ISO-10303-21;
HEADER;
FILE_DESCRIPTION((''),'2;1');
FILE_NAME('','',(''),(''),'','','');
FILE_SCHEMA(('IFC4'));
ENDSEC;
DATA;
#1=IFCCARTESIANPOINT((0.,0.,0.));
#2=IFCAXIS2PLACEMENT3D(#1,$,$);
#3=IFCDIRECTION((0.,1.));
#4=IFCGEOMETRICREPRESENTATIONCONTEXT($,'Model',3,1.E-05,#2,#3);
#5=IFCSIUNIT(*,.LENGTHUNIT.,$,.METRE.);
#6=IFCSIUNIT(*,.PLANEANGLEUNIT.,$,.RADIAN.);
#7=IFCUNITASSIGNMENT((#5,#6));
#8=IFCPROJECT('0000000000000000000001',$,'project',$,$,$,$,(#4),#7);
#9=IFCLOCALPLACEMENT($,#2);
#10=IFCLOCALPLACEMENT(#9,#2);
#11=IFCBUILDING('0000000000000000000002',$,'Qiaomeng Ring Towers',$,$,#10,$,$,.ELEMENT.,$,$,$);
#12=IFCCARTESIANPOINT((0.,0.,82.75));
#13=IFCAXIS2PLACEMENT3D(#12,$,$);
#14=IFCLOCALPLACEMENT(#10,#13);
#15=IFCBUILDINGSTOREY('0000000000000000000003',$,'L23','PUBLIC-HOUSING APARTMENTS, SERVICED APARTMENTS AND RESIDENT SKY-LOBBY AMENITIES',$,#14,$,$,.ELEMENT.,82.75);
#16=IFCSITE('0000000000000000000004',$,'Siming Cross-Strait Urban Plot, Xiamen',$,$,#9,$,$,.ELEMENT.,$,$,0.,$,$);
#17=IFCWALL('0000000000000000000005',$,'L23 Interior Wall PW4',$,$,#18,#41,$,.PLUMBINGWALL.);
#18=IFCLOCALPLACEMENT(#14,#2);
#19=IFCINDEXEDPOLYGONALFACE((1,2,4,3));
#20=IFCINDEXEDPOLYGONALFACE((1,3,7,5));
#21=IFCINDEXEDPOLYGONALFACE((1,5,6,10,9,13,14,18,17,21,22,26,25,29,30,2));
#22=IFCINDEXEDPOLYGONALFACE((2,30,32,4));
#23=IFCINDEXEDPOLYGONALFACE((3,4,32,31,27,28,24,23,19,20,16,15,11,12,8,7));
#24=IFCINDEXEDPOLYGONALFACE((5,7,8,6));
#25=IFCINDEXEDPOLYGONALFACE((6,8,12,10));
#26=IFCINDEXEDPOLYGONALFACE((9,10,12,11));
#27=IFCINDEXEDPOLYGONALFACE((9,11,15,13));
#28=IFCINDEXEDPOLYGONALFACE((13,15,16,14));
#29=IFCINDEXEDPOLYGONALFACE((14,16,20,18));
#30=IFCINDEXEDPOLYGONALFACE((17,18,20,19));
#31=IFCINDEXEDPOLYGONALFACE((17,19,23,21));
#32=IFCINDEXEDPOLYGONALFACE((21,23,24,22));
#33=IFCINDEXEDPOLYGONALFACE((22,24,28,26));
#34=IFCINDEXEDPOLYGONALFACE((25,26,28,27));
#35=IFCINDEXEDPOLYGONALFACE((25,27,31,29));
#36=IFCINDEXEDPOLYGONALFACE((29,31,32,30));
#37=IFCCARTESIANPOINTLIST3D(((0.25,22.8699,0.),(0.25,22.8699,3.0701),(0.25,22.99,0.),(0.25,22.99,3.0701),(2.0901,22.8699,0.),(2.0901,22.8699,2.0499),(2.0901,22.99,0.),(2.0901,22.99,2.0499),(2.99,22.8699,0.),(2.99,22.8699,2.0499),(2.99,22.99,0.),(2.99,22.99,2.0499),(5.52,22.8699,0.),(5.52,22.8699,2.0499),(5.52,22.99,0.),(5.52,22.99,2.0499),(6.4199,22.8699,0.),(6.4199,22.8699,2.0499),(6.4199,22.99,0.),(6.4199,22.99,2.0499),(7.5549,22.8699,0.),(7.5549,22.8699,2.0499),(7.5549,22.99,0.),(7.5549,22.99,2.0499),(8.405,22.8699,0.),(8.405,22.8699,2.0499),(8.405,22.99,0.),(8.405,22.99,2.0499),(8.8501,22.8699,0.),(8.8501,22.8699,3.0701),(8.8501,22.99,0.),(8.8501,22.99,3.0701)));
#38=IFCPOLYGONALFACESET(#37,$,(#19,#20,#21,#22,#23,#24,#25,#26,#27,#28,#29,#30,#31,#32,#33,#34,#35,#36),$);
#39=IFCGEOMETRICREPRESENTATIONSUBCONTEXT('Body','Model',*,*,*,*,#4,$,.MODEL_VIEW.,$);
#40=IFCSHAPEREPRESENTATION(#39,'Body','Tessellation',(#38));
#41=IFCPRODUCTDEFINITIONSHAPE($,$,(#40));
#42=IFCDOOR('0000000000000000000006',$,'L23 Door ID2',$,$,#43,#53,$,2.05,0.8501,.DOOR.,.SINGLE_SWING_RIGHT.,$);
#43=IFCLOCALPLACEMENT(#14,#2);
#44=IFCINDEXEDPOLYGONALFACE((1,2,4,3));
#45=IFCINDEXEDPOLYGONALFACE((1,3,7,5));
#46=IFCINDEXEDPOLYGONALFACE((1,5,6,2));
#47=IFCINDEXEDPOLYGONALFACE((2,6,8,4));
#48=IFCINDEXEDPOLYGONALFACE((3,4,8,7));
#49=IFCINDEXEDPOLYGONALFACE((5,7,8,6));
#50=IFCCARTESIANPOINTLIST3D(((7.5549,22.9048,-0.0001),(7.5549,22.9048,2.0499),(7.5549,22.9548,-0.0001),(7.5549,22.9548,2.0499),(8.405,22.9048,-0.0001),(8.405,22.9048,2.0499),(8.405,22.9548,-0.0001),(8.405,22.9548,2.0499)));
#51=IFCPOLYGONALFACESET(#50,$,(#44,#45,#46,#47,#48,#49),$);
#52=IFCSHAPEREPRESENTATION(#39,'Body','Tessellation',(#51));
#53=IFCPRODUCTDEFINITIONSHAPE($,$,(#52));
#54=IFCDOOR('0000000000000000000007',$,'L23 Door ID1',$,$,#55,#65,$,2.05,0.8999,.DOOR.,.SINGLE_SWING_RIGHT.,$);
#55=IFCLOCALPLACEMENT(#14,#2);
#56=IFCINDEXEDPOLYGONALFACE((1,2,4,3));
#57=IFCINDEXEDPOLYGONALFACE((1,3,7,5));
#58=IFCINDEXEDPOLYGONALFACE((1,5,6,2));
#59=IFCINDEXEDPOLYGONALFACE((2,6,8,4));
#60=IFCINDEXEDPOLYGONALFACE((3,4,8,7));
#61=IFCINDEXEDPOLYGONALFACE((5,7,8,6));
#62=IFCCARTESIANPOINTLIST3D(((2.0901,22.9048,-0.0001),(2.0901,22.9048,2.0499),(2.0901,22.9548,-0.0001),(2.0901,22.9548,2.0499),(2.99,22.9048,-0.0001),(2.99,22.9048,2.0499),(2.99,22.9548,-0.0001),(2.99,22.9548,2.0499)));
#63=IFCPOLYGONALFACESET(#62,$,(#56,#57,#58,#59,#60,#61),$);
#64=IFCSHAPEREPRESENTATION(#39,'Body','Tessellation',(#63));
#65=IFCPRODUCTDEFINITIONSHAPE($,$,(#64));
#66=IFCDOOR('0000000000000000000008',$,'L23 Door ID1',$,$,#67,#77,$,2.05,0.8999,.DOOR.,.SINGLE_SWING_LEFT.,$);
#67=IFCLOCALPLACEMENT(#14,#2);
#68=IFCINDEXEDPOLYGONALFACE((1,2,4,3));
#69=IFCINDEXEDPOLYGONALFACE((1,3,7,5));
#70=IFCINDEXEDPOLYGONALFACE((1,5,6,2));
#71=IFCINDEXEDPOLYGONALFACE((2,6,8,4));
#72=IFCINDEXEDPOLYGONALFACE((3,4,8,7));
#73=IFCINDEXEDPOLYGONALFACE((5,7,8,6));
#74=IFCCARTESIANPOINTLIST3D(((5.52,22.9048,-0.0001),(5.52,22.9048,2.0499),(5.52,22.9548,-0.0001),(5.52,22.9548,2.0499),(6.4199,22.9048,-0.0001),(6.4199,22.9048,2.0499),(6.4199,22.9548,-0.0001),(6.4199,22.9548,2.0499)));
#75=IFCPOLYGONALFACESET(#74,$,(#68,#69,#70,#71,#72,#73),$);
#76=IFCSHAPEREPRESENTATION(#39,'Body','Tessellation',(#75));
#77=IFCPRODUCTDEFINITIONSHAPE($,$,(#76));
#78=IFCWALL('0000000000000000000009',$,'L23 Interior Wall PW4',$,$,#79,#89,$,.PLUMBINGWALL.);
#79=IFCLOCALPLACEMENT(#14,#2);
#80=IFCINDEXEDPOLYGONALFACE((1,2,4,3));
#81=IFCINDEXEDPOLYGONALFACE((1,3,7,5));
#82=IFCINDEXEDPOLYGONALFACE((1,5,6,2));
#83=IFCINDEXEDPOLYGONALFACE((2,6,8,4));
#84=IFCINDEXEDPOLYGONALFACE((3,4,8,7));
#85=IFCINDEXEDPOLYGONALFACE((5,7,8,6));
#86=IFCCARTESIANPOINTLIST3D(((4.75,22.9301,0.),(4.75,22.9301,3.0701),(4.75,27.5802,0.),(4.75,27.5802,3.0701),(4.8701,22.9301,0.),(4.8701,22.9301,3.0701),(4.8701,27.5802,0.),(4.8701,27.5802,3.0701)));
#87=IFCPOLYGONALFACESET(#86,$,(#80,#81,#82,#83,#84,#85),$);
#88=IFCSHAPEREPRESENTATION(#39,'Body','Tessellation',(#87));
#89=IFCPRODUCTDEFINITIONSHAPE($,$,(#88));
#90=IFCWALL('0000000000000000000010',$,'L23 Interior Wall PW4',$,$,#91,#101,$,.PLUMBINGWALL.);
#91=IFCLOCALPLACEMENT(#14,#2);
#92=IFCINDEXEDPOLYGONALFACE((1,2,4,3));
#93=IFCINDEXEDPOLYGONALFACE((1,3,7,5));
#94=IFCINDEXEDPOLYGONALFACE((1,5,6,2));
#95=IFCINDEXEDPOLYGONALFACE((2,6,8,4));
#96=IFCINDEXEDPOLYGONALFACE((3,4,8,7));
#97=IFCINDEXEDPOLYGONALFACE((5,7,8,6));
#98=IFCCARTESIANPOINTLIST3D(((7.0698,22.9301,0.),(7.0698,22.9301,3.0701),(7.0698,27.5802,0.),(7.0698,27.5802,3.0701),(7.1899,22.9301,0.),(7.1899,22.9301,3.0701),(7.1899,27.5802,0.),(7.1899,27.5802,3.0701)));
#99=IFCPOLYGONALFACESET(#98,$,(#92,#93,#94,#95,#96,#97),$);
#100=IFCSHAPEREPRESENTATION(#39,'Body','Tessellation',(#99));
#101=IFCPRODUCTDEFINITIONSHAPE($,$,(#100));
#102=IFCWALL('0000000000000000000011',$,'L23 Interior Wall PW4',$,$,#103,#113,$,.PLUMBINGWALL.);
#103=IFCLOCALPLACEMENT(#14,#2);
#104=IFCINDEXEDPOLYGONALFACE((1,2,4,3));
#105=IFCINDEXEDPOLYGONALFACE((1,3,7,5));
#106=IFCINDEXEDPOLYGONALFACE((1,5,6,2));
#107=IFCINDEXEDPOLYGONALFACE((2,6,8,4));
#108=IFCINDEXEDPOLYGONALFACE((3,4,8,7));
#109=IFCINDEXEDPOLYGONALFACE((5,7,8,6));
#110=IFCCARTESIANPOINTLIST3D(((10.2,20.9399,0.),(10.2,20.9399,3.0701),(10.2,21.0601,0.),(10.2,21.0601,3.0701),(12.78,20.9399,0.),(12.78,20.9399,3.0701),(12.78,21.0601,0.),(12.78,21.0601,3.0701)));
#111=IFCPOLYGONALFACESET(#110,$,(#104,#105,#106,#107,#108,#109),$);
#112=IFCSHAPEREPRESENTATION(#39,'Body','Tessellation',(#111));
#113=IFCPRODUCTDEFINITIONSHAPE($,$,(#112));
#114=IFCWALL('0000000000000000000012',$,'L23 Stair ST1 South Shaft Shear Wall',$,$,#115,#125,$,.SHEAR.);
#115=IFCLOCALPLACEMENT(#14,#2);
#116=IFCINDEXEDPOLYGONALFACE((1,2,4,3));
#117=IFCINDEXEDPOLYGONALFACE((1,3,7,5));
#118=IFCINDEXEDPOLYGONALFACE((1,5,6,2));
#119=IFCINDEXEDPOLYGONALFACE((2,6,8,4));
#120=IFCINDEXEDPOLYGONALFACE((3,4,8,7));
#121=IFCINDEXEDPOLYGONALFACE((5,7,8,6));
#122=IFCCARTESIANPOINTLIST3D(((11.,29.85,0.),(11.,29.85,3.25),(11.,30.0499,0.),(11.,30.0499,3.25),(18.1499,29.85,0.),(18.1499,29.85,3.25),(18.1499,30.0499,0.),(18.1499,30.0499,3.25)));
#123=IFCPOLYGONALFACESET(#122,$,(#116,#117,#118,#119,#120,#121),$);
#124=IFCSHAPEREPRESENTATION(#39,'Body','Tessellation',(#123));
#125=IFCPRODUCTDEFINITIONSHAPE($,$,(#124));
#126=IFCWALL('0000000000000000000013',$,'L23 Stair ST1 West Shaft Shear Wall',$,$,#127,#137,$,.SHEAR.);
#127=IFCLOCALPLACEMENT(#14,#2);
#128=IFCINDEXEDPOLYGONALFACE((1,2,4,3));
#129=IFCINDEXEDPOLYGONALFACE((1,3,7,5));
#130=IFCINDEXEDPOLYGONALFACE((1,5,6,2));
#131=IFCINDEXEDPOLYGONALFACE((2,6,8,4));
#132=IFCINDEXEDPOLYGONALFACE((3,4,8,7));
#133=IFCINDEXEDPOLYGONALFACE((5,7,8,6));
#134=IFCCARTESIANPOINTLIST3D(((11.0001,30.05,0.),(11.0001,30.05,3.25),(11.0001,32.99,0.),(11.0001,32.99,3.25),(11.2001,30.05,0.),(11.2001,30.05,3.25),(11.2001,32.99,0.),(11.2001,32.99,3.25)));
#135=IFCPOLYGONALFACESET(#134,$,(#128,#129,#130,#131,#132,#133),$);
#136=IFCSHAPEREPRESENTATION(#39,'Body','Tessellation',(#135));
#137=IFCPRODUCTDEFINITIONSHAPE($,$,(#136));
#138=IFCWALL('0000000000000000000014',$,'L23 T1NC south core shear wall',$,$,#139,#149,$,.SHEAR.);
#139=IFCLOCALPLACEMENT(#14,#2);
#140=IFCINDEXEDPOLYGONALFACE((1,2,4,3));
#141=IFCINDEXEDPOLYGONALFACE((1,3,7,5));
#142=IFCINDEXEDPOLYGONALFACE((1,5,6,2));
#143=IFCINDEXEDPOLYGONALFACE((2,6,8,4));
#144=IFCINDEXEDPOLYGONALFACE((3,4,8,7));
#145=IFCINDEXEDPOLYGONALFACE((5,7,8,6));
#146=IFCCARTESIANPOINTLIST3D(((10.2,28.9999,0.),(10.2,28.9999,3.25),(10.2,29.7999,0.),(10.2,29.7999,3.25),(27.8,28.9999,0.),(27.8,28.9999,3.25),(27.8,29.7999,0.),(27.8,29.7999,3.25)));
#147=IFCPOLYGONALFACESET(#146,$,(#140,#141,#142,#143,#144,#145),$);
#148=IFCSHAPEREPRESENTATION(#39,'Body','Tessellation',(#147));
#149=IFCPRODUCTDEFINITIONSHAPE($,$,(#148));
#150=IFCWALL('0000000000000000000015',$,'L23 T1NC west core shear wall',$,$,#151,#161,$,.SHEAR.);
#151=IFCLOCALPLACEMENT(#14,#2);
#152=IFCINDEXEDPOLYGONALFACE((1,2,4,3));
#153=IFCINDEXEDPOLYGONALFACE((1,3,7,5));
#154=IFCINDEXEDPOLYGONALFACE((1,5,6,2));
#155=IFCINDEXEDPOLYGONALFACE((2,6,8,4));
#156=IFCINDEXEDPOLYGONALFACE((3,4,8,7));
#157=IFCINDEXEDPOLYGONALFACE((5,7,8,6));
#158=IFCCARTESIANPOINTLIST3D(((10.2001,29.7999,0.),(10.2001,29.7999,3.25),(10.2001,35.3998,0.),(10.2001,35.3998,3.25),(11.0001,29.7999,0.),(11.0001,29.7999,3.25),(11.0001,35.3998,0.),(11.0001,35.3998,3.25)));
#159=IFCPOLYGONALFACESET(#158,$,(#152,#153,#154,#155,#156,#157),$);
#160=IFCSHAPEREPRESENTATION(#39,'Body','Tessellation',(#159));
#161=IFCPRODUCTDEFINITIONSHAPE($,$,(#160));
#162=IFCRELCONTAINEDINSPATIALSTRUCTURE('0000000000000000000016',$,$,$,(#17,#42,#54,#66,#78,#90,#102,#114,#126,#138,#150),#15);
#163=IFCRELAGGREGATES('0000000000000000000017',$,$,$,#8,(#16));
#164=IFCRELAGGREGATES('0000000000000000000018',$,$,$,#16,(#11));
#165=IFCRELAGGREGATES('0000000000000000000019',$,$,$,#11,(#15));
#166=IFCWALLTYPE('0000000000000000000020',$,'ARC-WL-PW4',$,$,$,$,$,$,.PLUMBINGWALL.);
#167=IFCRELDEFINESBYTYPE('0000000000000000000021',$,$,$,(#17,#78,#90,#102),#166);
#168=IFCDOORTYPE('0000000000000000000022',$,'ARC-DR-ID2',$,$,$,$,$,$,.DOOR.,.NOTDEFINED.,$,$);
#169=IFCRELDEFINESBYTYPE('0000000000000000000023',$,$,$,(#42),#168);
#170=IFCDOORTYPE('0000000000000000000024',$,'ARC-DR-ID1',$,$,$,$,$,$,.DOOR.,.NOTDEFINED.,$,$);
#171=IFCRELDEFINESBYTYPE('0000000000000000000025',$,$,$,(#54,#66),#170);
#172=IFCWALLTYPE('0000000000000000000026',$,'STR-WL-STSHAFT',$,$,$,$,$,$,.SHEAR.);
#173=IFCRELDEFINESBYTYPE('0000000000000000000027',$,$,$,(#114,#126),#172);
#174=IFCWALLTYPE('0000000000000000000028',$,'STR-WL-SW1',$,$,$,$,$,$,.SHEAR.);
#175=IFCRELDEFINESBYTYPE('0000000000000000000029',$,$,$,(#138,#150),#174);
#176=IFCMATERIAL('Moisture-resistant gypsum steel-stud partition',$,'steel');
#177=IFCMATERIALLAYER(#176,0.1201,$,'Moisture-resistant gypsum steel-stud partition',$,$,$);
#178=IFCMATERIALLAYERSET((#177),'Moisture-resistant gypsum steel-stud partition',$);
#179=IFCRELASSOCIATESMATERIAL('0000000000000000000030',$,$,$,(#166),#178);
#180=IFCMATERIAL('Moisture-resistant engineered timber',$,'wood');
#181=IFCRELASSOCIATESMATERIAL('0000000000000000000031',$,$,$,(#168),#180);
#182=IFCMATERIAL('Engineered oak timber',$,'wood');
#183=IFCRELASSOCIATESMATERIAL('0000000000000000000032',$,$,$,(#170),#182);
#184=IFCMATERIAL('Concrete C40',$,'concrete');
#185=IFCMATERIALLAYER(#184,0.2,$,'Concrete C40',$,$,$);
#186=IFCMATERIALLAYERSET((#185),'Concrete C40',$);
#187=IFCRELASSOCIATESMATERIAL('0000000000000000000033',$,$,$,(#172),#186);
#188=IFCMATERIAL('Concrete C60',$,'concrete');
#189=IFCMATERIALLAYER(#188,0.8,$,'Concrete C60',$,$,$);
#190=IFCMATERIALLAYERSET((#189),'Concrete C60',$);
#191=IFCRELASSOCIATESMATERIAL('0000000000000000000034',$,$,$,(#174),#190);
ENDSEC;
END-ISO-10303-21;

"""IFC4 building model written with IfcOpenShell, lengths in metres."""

from ifc_helpers import new_model, si_unit, direction, frame, frame_2d, origin, place, context, subcontext, project, spatial, rectangle, extrude, source, transform, mapped, material, layer, layer_set, type_object, element, fill, save


model = new_model("IFC4")

# Units and contexts
model_context = context("Model", 3, precision=1e-05, world=origin(), true_north=direction((0.0, 1.0)))
body_context = subcontext(model_context, "Body", "Model", "MODEL_VIEW")
ifc_project = project(units=[si_unit("LENGTHUNIT", "METRE"), si_unit("PLANEANGLEUNIT", "RADIAN")], contexts=[model_context])

# Site, building, storey
site_placement = place(None, origin())
site = spatial("IfcSite", under=ifc_project, at=site_placement, Name="Siming Cross-Strait Urban Plot, Xiamen", CompositionType="ELEMENT", RefElevation=0.0)
building_placement = place(site_placement, origin())
building = spatial("IfcBuilding", under=site, at=building_placement, Name="Qiaomeng Ring Towers", CompositionType="ELEMENT")
storey_placement = place(building_placement, frame((0.0, 0.0, 82.75)))
storey = spatial("IfcBuildingStorey", under=building, at=storey_placement, Name="L23", Description="PUBLIC-HOUSING APARTMENTS, SERVICED APARTMENTS AND RESIDENT SKY-LOBBY AMENITIES", CompositionType="ELEMENT", Elevation=82.75)

# Shared definitions
ifc_material_1 = material(Name="Concrete C60", Category="concrete")

# Wall, openings, doors
ifc_material_2 = material(Name="Moisture-resistant gypsum steel-stud partition", Category="steel")
ifc_layer_1 = layer(ifc_material_2, 0.1201, Name="Moisture-resistant gypsum steel-stud partition")
ifc_layer_set_1 = layer_set([ifc_layer_1], Name="Moisture-resistant gypsum steel-stud partition")
wall_type_1 = type_object("IfcWallType", Name="ARC-WL-PW4", PredefinedType="PLUMBINGWALL", material=ifc_layer_set_1)
wall_1_placement = place(storey_placement, frame((0.25, 22.9299, 0.0), z_axis=(0.0, 0.0, 1.0), x_axis=(1.0, 0.0, 0.0)))
wall_1 = element("IfcWall", 1, at=wall_1_placement, inside=storey, type_object=wall_type_1, Name="L23 Interior Wall PW4", PredefinedType="PLUMBINGWALL", context=body_context, shape_type="SweptSolid", body=[
    extrude(rectangle(XDim=8.6001, YDim=0.1201, at=frame_2d((4.3, 0.0))), origin(), (0.0, 0.0, 1.0), 3.0701),
])
opening_1_placement = place(wall_1_placement, frame((1.8401, 0.0, 0.0)))
opening_1 = element("IfcOpeningElement", 2, at=opening_1_placement, cuts=wall_1, PredefinedType="OPENING", context=body_context, shape_type="SweptSolid", body=[
    extrude(rectangle(XDim=0.8999, YDim=2.05, at=frame_2d((0.45, 1.0249))), frame((0.0, 0.0701, 0.0), z_axis=(0.0, -1.0, 0.0), x_axis=(1.0, 0.0, 0.0)), (0.0, 0.0, 1.0), 0.1401),
])
opening_2_placement = place(wall_1_placement, frame((5.27, 0.0, 0.0)))
opening_2 = element("IfcOpeningElement", 3, at=opening_2_placement, cuts=wall_1, PredefinedType="OPENING", context=body_context, shape_type="SweptSolid", body=[
    extrude(rectangle(XDim=0.8999, YDim=2.05, at=frame_2d((0.45, 1.0249))), frame((0.0, 0.0701, 0.0), z_axis=(0.0, -1.0, 0.0), x_axis=(1.0, 0.0, 0.0)), (0.0, 0.0, 1.0), 0.1401),
])
opening_3_placement = place(wall_1_placement, frame((7.3049, 0.0, 0.0)))
opening_3 = element("IfcOpeningElement", 4, at=opening_3_placement, cuts=wall_1, PredefinedType="OPENING", context=body_context, shape_type="SweptSolid", body=[
    extrude(rectangle(XDim=0.8501, YDim=2.05, at=frame_2d((0.425, 1.0249))), frame((0.0, 0.0701, 0.0), z_axis=(0.0, -1.0, 0.0), x_axis=(1.0, 0.0, 0.0)), (0.0, 0.0, 1.0), 0.1401),
])
ifc_material_3 = material(Name="Moisture-resistant engineered timber", Category="wood")
door_type_1 = type_object("IfcDoorType", Name="ARC-DR-ID2", OperationType="NOTDEFINED", PredefinedType="DOOR", material=ifc_material_3)
shared_shape_1 = source(origin(), body_context, "Body", "SweptSolid", [
    extrude(rectangle(XDim=0.8501, YDim=2.05, at=frame_2d((0.425, 1.0249))), frame((0.0, 0.0249, 0.0), z_axis=(0.0, -1.0, 0.0), x_axis=(1.0, 0.0, 0.0)), (0.0, 0.0, 1.0), 0.05),
])
door_1_placement = place(opening_3_placement, origin())
door_1 = element("IfcDoor", 5, at=door_1_placement, inside=storey, type_object=door_type_1, Name="L23 Door ID2", OperationType="SINGLE_SWING_RIGHT", OverallHeight=2.05, OverallWidth=0.8501, PredefinedType="DOOR", context=body_context, shape_type="MappedRepresentation", body=[
    mapped(shared_shape_1, transform((0.0, 0.0, 0.0), x_axis=(1.0, 0.0, 0.0), y_axis=(0.0, 1.0, 0.0), z_axis=(0.0, 0.0, 1.0), scale=1.0)),
])
fill(opening_3, door_1)
ifc_material_4 = material(Name="Engineered oak timber", Category="wood")
door_type_2 = type_object("IfcDoorType", Name="ARC-DR-ID1", OperationType="NOTDEFINED", PredefinedType="DOOR", material=ifc_material_4)
shared_shape_2 = source(origin(), body_context, "Body", "SweptSolid", [
    extrude(rectangle(XDim=0.8999, YDim=2.05, at=frame_2d((0.45, 1.0249))), frame((0.0, 0.0249, 0.0), z_axis=(0.0, -1.0, 0.0), x_axis=(1.0, 0.0, 0.0)), (0.0, 0.0, 1.0), 0.05),
])
door_2_placement = place(opening_1_placement, origin())
door_2 = element("IfcDoor", 6, at=door_2_placement, inside=storey, type_object=door_type_2, Name="L23 Door ID1", OperationType="SINGLE_SWING_RIGHT", OverallHeight=2.05, OverallWidth=0.8999, PredefinedType="DOOR", context=body_context, shape_type="MappedRepresentation", body=[
    mapped(shared_shape_2, transform((0.0, 0.0, 0.0), x_axis=(1.0, 0.0, 0.0), y_axis=(0.0, 1.0, 0.0), z_axis=(0.0, 0.0, 1.0), scale=1.0)),
])
fill(opening_1, door_2)
door_3_placement = place(opening_2_placement, origin())
door_3 = element("IfcDoor", 7, at=door_3_placement, inside=storey, type_object=door_type_2, Name="L23 Door ID1", OperationType="SINGLE_SWING_LEFT", OverallHeight=2.05, OverallWidth=0.8999, PredefinedType="DOOR", context=body_context, shape_type="MappedRepresentation", body=[
    mapped(shared_shape_2, transform((0.0, 0.0, 0.0), x_axis=(1.0, 0.0, 0.0), y_axis=(0.0, 1.0, 0.0), z_axis=(0.0, 0.0, 1.0), scale=1.0)),
])
fill(opening_2, door_3)

# Walls
for number, where, z_axis, x_axis, name in (
    (8, (4.8101, 22.9299, 0.0), (0.0, 0.0, 1.0), (0.0, 1.0, 0.0), "L23 Interior Wall PW4"),
    (9, (7.1299, 22.9299, 0.0), (0.0, 0.0, 1.0), (0.0, 1.0, 0.0), "L23 Interior Wall PW4"),
):
    element("IfcWall", number, at=place(storey_placement, frame(where, z_axis=z_axis, x_axis=x_axis)), inside=storey, type_object=wall_type_1, Name=name, PredefinedType="PLUMBINGWALL", context=body_context, shape_type="SweptSolid", body=[
        extrude(rectangle(XDim=4.6501, YDim=0.1201, at=frame_2d((2.3252, 0.0))), origin(), (0.0, 0.0, 1.0), 3.0701),
    ])
wall_2_placement = place(storey_placement, frame((10.2, 21.0, 0.0), z_axis=(0.0, 0.0, 1.0), x_axis=(1.0, 0.0, 0.0)))
element("IfcWall", 10, at=wall_2_placement, inside=storey, type_object=wall_type_1, Name="L23 Interior Wall PW4", PredefinedType="PLUMBINGWALL", context=body_context, shape_type="SweptSolid", body=[
    extrude(rectangle(XDim=2.5801, YDim=0.1201, at=frame_2d((1.29, 0.0))), origin(), (0.0, 0.0, 1.0), 3.0701),
])
ifc_material_5 = material(Name="Concrete C40", Category="concrete")
ifc_layer_2 = layer(ifc_material_5, 0.2, Name="Concrete C40")
ifc_layer_set_2 = layer_set([ifc_layer_2], Name="Concrete C40")
wall_type_2 = type_object("IfcWallType", Name="STR-WL-STSHAFT", PredefinedType="SHEAR", material=ifc_layer_set_2)
wall_3_placement = place(storey_placement, frame((11.0, 29.95, 0.0), z_axis=(0.0, 0.0, 1.0), x_axis=(1.0, 0.0, 0.0)))
element("IfcWall", 11, at=wall_3_placement, inside=storey, type_object=wall_type_2, Name="L23 Stair ST1 South Shaft Shear Wall", PredefinedType="SHEAR", context=body_context, shape_type="SweptSolid", body=[
    extrude(rectangle(XDim=7.1499, YDim=0.2, at=frame_2d((3.575, 0.0))), origin(), (0.0, 0.0, 1.0), 3.25),
])
wall_4_placement = place(storey_placement, frame((11.1001, 30.05, 0.0), z_axis=(0.0, 0.0, 1.0), x_axis=(0.0, 1.0, 0.0)))
element("IfcWall", 12, at=wall_4_placement, inside=storey, type_object=wall_type_2, Name="L23 Stair ST1 West Shaft Shear Wall", PredefinedType="SHEAR", context=body_context, shape_type="SweptSolid", body=[
    extrude(rectangle(XDim=2.9399, YDim=0.2, at=frame_2d((1.47, 0.0))), origin(), (0.0, 0.0, 1.0), 3.25),
])
ifc_layer_3 = layer(ifc_material_1, 0.8, Name="Concrete C60")
ifc_layer_set_3 = layer_set([ifc_layer_3], Name="Concrete C60")
wall_type_3 = type_object("IfcWallType", Name="STR-WL-SW1", PredefinedType="SHEAR", material=ifc_layer_set_3)
wall_5_placement = place(storey_placement, frame((10.2, 29.3999, 0.0), z_axis=(0.0, 0.0, 1.0), x_axis=(1.0, 0.0, 0.0)))
element("IfcWall", 13, at=wall_5_placement, inside=storey, type_object=wall_type_3, Name="L23 T1NC south core shear wall", PredefinedType="SHEAR", context=body_context, shape_type="SweptSolid", body=[
    extrude(rectangle(XDim=17.6001, YDim=0.8, at=frame_2d((8.8, 0.0))), origin(), (0.0, 0.0, 1.0), 3.25),
])
wall_6_placement = place(storey_placement, frame((10.6001, 29.8, 0.0), z_axis=(0.0, 0.0, 1.0), x_axis=(0.0, 1.0, 0.0)))
element("IfcWall", 14, at=wall_6_placement, inside=storey, type_object=wall_type_3, Name="L23 T1NC west core shear wall", PredefinedType="SHEAR", context=body_context, shape_type="SweptSolid", body=[
    extrude(rectangle(XDim=5.5999, YDim=0.8, at=frame_2d((2.7998, 0.0))), origin(), (0.0, 0.0, 1.0), 3.25),
])

save(model, "model.ifc")
